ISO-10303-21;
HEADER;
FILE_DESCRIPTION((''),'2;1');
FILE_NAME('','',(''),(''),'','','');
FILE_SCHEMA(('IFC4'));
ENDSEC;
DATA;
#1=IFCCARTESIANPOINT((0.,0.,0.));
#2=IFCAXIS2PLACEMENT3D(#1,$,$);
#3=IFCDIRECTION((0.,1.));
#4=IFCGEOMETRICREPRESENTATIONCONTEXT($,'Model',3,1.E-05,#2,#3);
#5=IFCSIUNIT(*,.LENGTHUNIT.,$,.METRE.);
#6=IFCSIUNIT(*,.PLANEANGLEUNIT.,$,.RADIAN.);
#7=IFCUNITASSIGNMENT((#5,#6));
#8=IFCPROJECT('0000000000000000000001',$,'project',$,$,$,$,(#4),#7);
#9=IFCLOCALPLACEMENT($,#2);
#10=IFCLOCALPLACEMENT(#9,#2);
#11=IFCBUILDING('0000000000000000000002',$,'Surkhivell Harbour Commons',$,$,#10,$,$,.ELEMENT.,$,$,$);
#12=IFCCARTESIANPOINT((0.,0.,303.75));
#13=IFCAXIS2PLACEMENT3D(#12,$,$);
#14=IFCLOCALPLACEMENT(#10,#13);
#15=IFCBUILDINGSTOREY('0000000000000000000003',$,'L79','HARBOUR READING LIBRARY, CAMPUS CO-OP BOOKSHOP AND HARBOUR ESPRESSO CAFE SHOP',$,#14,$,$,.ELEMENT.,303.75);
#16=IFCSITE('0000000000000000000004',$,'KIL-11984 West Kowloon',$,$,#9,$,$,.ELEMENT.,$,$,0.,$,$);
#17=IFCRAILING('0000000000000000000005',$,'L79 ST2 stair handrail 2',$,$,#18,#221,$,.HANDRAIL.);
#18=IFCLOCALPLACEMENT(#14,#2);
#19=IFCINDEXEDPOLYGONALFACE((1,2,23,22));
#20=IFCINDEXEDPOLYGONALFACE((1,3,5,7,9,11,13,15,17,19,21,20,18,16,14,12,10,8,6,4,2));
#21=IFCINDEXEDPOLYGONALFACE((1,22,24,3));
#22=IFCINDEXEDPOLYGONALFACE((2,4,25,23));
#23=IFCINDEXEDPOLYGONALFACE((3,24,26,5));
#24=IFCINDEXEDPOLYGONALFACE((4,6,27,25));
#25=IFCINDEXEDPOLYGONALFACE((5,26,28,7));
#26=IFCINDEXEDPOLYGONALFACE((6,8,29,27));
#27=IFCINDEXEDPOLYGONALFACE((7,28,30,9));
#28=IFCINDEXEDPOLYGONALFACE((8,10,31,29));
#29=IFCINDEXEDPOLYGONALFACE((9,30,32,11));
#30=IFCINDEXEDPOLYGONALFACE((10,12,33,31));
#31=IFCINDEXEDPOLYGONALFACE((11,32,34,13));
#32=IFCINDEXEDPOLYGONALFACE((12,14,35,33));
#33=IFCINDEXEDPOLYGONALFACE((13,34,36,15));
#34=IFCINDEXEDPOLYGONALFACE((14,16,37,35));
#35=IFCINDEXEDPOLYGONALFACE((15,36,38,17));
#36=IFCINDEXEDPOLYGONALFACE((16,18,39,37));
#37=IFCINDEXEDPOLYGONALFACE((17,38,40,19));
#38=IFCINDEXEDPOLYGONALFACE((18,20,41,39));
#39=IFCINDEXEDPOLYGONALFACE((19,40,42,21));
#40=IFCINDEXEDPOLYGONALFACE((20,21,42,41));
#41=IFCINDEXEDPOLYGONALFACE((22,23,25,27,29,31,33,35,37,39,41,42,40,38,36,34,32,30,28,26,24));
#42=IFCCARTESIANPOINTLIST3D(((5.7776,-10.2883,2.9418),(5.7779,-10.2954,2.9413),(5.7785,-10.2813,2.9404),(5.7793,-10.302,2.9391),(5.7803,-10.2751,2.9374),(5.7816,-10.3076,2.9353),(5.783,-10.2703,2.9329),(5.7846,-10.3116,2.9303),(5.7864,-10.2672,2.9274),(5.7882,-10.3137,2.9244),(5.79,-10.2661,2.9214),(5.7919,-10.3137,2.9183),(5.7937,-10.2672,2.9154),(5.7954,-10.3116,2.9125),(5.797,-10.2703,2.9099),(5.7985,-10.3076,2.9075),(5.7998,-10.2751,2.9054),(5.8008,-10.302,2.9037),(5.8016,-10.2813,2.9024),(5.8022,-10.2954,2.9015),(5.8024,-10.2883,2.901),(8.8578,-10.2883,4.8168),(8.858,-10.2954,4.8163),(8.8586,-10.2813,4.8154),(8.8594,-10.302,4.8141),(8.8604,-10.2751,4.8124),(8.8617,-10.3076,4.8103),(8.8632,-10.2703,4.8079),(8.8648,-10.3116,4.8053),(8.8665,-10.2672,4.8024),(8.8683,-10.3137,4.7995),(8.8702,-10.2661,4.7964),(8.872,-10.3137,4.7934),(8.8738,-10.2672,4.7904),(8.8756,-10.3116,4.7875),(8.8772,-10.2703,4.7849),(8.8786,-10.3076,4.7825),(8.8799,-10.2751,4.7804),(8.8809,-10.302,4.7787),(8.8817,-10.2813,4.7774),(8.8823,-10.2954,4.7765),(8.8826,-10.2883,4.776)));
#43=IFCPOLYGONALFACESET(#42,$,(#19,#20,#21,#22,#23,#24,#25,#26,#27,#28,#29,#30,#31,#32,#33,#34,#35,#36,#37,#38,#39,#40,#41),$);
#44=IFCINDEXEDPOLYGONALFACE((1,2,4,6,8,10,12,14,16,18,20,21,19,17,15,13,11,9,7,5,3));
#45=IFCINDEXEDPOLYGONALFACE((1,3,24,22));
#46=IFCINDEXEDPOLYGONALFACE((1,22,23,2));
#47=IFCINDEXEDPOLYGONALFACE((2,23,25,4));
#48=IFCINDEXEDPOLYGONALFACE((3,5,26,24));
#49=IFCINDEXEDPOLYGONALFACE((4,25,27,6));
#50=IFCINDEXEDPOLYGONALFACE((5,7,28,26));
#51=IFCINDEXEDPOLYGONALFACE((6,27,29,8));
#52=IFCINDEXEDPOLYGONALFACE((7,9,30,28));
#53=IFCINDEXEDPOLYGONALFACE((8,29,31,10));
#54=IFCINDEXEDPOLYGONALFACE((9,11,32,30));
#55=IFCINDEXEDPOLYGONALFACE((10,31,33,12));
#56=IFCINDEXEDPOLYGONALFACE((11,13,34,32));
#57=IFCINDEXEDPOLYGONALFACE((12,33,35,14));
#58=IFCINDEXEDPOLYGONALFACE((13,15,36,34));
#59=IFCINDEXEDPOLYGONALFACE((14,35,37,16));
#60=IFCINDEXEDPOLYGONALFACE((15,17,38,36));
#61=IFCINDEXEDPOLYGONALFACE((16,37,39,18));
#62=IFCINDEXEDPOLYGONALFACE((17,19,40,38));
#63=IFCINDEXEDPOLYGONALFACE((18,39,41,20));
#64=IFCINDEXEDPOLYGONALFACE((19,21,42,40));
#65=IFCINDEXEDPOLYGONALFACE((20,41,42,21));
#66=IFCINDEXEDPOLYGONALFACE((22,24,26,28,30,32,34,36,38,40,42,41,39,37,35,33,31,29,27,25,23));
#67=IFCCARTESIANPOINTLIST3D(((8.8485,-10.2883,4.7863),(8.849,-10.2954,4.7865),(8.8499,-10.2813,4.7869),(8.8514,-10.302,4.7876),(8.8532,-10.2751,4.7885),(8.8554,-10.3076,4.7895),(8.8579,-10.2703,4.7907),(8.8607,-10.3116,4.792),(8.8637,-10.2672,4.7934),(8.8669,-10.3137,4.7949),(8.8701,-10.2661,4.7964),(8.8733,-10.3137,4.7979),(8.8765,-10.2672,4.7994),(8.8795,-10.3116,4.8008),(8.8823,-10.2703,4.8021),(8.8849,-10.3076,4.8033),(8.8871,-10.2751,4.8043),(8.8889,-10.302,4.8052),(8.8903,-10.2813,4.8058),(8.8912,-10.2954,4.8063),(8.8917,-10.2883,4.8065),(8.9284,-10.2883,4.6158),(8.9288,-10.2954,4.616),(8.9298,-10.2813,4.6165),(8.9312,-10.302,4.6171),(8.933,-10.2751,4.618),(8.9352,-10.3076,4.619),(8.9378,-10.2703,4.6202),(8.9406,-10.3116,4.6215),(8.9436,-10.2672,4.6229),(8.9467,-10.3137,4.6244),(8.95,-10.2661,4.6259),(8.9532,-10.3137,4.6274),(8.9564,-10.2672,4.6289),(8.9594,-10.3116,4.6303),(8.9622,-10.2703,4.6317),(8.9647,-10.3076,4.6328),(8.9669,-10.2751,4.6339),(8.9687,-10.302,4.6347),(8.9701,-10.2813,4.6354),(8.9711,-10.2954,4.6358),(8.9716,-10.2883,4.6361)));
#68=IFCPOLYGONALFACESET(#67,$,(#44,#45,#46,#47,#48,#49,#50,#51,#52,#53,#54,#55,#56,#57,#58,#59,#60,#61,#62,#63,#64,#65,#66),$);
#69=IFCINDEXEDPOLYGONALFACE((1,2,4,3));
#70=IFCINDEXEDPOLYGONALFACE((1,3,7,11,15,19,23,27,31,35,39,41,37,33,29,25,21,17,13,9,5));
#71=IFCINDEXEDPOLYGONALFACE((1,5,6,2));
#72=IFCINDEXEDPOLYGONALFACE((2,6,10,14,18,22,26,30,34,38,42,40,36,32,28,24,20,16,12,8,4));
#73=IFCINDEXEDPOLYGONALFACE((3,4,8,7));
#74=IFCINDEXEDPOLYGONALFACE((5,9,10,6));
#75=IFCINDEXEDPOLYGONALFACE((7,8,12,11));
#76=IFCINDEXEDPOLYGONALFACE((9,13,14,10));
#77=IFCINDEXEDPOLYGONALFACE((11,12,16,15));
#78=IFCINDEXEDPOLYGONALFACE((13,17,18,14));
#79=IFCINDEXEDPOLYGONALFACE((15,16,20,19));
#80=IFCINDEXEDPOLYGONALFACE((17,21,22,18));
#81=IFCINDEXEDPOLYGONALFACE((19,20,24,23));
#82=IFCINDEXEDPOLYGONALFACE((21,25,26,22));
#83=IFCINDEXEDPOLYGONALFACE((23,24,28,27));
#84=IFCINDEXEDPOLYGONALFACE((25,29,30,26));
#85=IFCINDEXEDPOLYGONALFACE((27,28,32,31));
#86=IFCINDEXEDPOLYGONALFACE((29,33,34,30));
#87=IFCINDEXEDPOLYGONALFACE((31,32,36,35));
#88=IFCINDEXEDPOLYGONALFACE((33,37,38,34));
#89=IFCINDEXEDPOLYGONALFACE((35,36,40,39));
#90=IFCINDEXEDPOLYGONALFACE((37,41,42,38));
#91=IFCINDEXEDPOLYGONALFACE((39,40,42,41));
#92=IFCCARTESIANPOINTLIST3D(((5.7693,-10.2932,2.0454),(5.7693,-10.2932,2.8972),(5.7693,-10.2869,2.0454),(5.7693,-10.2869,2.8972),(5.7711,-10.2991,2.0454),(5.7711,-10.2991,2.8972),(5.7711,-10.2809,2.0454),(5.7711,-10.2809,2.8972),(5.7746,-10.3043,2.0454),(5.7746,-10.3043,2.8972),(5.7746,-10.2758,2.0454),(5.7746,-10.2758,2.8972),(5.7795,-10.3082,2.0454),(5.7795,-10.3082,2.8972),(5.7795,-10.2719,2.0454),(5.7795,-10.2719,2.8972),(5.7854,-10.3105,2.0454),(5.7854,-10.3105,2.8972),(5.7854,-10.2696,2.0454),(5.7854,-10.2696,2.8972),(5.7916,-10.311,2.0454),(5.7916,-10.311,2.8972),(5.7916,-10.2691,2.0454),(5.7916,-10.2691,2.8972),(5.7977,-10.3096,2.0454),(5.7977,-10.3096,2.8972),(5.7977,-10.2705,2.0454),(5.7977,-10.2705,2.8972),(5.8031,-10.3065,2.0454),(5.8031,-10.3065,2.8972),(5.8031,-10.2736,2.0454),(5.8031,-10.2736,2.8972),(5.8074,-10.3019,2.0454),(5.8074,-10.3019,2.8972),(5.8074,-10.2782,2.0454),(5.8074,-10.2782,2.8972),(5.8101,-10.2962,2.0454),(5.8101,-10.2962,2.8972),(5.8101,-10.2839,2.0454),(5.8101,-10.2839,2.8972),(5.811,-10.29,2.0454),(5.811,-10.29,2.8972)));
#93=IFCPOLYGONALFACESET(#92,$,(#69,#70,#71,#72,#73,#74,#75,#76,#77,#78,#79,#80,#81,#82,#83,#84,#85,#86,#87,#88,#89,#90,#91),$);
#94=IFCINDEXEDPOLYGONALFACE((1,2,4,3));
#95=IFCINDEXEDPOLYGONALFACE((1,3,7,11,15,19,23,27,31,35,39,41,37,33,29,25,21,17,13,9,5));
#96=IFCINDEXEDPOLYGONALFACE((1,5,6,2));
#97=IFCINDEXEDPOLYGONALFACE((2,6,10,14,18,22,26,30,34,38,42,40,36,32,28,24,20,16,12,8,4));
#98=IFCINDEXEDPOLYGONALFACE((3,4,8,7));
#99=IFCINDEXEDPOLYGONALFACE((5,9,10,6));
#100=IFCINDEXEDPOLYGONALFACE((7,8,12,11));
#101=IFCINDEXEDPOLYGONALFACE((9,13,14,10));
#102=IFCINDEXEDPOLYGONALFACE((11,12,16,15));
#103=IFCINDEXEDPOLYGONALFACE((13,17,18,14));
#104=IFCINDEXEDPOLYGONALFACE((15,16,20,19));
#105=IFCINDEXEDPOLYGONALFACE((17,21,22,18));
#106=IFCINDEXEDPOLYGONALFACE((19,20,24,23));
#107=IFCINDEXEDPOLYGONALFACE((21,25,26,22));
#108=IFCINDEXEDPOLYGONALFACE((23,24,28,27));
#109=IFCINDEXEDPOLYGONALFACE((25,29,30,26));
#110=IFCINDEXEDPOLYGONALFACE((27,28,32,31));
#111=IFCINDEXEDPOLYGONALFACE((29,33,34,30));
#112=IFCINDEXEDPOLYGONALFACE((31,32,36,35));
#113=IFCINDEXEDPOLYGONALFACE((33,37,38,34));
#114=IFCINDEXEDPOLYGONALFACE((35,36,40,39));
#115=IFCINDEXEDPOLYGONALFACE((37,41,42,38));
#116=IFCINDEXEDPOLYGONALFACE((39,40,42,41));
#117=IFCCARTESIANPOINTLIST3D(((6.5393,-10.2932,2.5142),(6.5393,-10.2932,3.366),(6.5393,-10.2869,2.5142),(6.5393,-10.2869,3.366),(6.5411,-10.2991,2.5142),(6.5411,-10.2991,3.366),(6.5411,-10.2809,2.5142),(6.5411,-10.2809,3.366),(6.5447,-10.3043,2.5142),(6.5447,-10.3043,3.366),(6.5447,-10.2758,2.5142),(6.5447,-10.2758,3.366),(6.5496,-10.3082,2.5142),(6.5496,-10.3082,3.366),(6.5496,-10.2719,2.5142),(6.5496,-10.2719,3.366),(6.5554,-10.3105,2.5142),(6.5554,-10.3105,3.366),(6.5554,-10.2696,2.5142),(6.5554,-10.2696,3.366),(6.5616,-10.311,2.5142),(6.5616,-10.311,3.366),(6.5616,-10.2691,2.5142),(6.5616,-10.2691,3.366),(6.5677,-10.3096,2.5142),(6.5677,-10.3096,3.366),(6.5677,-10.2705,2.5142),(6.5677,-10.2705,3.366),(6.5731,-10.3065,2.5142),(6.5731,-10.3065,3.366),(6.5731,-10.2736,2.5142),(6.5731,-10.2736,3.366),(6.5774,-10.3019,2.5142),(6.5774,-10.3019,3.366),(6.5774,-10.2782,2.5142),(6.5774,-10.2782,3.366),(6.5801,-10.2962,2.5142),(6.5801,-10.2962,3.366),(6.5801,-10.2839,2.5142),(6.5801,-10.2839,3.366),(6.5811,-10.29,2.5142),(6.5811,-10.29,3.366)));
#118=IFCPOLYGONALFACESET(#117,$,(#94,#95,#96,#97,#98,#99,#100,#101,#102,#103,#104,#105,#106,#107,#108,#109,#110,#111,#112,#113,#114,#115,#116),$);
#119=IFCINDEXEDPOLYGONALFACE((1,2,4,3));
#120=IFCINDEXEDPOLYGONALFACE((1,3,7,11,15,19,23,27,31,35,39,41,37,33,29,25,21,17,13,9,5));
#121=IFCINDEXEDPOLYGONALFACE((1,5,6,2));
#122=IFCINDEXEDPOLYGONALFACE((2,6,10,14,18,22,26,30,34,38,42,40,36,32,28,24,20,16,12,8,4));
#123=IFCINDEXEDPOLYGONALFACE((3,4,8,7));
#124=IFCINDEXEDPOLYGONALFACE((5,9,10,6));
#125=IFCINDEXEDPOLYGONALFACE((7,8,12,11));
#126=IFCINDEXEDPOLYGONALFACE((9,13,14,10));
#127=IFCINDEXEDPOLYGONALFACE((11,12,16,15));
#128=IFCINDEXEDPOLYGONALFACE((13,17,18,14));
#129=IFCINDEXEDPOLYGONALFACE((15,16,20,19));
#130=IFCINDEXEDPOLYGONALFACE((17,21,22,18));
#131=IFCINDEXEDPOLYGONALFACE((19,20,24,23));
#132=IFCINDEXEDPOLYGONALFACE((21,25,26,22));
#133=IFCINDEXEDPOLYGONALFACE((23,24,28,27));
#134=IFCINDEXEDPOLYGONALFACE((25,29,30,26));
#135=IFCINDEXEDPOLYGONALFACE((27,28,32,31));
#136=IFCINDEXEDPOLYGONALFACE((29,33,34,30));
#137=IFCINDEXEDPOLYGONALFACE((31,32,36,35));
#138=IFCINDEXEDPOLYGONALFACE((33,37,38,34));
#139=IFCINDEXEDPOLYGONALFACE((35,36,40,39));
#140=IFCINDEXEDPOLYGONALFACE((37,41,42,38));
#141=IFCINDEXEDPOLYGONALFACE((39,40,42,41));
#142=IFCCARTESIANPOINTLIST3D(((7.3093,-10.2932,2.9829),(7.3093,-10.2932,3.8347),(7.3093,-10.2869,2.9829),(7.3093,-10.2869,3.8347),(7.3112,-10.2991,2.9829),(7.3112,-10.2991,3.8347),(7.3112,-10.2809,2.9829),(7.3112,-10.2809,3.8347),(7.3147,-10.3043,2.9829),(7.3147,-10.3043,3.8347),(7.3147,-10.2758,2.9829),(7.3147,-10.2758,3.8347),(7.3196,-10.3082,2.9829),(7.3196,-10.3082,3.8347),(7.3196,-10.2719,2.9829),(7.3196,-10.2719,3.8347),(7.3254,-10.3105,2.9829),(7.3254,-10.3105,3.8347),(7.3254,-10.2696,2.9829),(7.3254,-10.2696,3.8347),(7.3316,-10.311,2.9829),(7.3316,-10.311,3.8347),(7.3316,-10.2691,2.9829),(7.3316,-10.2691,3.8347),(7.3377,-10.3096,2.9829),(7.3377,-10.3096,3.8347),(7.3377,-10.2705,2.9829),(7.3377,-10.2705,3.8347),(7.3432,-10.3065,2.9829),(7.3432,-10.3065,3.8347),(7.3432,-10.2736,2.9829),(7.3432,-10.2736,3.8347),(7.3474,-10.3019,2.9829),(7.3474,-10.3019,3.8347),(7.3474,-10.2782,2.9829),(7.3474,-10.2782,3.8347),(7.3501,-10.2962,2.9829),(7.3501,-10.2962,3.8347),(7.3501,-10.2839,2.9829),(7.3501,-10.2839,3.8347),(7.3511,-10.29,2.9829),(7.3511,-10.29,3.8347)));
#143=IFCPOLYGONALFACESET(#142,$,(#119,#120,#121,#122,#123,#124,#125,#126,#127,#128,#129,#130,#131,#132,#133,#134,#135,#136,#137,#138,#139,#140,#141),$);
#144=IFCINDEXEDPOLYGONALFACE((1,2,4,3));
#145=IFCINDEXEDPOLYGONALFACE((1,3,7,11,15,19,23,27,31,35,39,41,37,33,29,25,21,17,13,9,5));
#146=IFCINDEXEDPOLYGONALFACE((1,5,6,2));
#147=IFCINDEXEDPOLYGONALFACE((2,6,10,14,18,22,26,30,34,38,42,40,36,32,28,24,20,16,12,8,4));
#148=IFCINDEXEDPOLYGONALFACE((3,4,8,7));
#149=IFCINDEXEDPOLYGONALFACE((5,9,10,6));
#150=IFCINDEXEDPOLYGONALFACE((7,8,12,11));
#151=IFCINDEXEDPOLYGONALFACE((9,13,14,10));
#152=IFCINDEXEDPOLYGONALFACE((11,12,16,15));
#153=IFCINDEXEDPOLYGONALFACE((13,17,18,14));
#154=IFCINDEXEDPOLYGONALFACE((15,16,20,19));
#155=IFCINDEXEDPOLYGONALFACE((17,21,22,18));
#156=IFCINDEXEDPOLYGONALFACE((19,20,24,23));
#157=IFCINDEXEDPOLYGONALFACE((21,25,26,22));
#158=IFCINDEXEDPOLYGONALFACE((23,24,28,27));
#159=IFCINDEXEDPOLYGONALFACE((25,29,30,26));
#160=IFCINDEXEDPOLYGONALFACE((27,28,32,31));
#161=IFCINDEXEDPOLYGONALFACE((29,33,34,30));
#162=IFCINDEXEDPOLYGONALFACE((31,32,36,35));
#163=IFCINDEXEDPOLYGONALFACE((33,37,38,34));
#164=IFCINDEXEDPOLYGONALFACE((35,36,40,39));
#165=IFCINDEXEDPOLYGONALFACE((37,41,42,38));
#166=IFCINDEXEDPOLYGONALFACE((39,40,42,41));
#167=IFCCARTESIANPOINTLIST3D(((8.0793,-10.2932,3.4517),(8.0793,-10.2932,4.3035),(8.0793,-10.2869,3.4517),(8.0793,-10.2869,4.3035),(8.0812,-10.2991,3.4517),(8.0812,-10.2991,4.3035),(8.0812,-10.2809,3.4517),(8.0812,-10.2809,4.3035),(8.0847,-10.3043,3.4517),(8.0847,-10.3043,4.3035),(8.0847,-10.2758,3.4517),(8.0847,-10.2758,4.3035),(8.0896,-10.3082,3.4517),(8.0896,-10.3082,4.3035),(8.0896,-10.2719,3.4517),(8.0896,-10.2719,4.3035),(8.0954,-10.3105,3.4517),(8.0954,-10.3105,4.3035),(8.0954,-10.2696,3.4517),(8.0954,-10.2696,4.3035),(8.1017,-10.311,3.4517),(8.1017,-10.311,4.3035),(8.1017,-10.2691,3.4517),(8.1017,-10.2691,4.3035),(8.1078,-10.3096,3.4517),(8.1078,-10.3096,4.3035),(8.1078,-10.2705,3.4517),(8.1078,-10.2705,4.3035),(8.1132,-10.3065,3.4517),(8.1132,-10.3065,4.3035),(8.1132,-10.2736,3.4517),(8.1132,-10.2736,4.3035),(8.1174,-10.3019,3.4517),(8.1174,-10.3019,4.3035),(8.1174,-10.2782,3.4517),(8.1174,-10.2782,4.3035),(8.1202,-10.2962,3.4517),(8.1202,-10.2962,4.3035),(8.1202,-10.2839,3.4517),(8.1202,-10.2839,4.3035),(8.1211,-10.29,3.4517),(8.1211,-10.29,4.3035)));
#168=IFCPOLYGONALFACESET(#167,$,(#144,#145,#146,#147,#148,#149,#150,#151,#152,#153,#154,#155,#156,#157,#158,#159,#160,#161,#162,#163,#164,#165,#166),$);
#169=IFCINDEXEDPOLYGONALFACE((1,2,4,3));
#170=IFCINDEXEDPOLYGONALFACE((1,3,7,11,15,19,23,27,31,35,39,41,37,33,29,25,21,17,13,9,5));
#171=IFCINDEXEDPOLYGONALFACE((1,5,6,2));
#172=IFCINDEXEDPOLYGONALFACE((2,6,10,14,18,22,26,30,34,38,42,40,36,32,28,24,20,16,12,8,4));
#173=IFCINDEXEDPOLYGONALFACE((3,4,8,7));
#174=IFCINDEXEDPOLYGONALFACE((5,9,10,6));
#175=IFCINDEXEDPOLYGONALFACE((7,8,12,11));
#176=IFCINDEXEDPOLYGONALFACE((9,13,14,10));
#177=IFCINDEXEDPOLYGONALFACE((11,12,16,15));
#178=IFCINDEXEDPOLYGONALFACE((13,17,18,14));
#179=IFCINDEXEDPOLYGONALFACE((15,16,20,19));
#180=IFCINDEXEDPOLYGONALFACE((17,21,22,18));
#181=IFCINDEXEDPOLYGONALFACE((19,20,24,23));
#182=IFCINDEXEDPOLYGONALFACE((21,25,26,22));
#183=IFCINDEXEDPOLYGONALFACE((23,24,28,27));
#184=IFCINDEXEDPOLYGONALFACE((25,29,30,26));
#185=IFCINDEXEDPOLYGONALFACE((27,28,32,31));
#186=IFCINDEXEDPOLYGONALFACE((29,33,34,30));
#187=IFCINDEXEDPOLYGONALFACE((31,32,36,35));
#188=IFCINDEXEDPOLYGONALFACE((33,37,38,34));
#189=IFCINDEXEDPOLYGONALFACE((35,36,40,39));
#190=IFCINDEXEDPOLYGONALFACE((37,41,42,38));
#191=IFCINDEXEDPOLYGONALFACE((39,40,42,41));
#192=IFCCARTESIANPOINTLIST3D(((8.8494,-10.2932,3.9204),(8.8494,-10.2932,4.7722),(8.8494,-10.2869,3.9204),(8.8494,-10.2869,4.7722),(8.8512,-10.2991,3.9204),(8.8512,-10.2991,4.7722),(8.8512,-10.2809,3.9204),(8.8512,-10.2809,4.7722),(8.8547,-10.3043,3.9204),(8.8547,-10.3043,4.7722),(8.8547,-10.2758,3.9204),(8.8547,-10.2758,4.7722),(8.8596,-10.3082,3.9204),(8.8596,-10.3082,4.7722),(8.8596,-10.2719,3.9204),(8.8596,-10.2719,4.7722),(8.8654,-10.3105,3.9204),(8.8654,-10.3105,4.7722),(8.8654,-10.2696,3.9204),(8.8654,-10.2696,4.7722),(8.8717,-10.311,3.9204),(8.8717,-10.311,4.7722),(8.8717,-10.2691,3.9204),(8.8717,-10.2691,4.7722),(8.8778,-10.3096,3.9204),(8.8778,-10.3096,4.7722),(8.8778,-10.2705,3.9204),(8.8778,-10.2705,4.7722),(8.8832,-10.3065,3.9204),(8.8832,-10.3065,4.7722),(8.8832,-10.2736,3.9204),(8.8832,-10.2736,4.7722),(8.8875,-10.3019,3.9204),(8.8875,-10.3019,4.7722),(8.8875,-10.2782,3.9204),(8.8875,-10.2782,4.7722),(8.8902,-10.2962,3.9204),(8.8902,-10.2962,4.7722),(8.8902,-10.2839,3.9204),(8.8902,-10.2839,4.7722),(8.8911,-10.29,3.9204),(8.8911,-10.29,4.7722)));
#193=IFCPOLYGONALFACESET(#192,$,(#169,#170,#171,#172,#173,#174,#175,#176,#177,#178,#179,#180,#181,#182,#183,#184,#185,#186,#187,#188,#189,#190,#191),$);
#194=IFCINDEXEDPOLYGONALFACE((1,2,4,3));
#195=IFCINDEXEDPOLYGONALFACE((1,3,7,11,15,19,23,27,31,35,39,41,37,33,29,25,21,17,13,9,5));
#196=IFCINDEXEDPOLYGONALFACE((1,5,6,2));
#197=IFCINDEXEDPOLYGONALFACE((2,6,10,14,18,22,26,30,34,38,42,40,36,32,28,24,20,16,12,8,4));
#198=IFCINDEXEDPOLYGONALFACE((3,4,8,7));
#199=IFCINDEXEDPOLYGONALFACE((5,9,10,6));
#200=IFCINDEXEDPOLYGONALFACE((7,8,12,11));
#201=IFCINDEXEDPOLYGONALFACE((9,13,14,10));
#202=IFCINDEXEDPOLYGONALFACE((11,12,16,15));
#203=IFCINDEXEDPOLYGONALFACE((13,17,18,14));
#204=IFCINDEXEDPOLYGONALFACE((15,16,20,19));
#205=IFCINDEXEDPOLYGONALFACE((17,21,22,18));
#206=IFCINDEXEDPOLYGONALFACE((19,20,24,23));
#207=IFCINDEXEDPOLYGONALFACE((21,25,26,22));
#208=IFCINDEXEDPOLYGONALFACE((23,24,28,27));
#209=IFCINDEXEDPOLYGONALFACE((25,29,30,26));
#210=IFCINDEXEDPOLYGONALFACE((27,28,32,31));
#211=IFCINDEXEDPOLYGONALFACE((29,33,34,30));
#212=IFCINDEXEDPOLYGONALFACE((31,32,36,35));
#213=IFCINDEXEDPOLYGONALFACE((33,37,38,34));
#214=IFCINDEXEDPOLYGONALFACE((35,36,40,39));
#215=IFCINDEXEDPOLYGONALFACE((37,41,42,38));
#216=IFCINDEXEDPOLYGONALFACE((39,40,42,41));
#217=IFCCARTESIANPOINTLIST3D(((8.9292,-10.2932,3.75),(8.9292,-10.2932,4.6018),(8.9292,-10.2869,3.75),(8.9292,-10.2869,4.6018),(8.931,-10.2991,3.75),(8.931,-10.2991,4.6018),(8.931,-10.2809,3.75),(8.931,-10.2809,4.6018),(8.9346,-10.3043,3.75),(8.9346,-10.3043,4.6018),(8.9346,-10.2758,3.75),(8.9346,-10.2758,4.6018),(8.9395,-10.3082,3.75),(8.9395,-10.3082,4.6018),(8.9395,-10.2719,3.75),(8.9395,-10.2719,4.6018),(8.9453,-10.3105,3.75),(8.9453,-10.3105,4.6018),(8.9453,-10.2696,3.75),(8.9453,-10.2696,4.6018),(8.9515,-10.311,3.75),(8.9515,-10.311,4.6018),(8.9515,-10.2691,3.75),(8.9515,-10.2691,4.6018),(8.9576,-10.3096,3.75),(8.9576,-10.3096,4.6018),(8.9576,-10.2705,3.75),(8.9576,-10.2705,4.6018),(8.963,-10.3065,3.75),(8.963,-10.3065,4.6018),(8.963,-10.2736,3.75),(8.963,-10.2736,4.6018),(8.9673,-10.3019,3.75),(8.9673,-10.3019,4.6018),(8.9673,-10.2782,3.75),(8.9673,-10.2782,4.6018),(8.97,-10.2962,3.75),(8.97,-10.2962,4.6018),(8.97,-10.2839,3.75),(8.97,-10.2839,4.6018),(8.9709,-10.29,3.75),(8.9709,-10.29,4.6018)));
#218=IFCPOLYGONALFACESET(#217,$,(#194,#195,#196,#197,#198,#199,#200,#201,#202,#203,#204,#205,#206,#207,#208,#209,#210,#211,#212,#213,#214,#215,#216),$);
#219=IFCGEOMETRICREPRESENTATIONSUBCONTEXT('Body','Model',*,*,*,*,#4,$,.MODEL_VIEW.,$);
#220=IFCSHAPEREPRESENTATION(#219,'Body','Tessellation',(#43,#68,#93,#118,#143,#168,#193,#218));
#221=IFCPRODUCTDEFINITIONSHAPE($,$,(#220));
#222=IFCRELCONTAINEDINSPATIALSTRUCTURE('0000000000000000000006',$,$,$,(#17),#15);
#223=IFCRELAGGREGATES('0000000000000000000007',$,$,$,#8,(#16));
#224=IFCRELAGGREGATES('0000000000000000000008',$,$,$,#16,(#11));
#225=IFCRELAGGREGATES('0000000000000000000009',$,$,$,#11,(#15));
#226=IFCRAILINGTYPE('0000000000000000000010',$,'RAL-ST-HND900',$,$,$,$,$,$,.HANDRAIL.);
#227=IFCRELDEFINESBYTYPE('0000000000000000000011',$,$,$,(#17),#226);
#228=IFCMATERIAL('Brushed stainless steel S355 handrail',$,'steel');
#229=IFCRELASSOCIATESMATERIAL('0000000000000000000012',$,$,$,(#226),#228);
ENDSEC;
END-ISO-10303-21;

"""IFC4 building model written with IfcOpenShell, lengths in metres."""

from ifc_helpers import new_model, si_unit, direction, frame, origin, origin_2d, place, context, subcontext, project, spatial, circle, extrude, material, type_object, element, save


model = new_model("IFC4")

# Units and contexts
model_context = context("Model", 3, precision=1e-05, world=origin(), true_north=direction((0.0, 1.0)))
body_context = subcontext(model_context, "Body", "Model", "MODEL_VIEW")
ifc_project = project(units=[si_unit("LENGTHUNIT", "METRE"), si_unit("PLANEANGLEUNIT", "RADIAN")], contexts=[model_context])

# Site, building, storey
site_placement = place(None, origin())
site = spatial("IfcSite", under=ifc_project, at=site_placement, Name="KIL-11984 West Kowloon", CompositionType="ELEMENT", RefElevation=0.0)
building_placement = place(site_placement, origin())
building = spatial("IfcBuilding", under=site, at=building_placement, Name="Surkhivell Harbour Commons", CompositionType="ELEMENT")
storey_placement = place(building_placement, frame((0.0, 0.0, 303.75)))
storey = spatial("IfcBuildingStorey", under=building, at=storey_placement, Name="L79", Description="HARBOUR READING LIBRARY, CAMPUS CO-OP BOOKSHOP AND HARBOUR ESPRESSO CAFE SHOP", CompositionType="ELEMENT", Elevation=303.75)

# Railing
ifc_material_1 = material(Name="Brushed stainless steel S355 handrail", Category="steel")
railing_type_1 = type_object("IfcRailingType", Name="RAL-ST-HND900", PredefinedType="HANDRAIL", material=ifc_material_1)
railing_1_placement = place(storey_placement, frame((5.79, -10.29, 2.0454)))
element("IfcRailing", 1, at=railing_1_placement, inside=storey, type_object=railing_type_1, Name="L79 ST2 stair handrail 2", PredefinedType="HANDRAIL", context=body_context, shape_type="SweptSolid", body=[
    extrude(circle(Radius=0.0239, at=origin_2d()), frame((0.0, 0.0, 0.876), z_axis=(0.854178, 0.0, 0.519981), x_axis=(0.0, 1.0, 0.0)), (0.0, 0.0, 1.0), 3.606),
    extrude(circle(Radius=0.0239, at=origin_2d()), frame((3.0801, 0.0, 2.751), z_axis=(0.424234, 0.0, -0.905552), x_axis=(0.0, 1.0, 0.0)), (0.0, 0.0, 1.0), 0.1882),
    extrude(circle(Radius=0.021, at=origin_2d()), origin(), (0.0, 0.0, 1.0), 0.8518),
    extrude(circle(Radius=0.021, at=origin_2d()), frame((0.77, 0.0, 0.4688)), (0.0, 0.0, 1.0), 0.8518),
    extrude(circle(Radius=0.021, at=origin_2d()), frame((1.54, 0.0, 0.9375)), (0.0, 0.0, 1.0), 0.8518),
    extrude(circle(Radius=0.021, at=origin_2d()), frame((2.3101, 0.0, 1.4062)), (0.0, 0.0, 1.0), 0.8518),
    extrude(circle(Radius=0.021, at=origin_2d()), frame((3.0801, 0.0, 1.875)), (0.0, 0.0, 1.0), 0.8518),
    extrude(circle(Radius=0.021, at=origin_2d()), frame((3.1599, 0.0, 1.7046)), (0.0, 0.0, 1.0), 0.8518),
])

save(model, "model.ifc")
